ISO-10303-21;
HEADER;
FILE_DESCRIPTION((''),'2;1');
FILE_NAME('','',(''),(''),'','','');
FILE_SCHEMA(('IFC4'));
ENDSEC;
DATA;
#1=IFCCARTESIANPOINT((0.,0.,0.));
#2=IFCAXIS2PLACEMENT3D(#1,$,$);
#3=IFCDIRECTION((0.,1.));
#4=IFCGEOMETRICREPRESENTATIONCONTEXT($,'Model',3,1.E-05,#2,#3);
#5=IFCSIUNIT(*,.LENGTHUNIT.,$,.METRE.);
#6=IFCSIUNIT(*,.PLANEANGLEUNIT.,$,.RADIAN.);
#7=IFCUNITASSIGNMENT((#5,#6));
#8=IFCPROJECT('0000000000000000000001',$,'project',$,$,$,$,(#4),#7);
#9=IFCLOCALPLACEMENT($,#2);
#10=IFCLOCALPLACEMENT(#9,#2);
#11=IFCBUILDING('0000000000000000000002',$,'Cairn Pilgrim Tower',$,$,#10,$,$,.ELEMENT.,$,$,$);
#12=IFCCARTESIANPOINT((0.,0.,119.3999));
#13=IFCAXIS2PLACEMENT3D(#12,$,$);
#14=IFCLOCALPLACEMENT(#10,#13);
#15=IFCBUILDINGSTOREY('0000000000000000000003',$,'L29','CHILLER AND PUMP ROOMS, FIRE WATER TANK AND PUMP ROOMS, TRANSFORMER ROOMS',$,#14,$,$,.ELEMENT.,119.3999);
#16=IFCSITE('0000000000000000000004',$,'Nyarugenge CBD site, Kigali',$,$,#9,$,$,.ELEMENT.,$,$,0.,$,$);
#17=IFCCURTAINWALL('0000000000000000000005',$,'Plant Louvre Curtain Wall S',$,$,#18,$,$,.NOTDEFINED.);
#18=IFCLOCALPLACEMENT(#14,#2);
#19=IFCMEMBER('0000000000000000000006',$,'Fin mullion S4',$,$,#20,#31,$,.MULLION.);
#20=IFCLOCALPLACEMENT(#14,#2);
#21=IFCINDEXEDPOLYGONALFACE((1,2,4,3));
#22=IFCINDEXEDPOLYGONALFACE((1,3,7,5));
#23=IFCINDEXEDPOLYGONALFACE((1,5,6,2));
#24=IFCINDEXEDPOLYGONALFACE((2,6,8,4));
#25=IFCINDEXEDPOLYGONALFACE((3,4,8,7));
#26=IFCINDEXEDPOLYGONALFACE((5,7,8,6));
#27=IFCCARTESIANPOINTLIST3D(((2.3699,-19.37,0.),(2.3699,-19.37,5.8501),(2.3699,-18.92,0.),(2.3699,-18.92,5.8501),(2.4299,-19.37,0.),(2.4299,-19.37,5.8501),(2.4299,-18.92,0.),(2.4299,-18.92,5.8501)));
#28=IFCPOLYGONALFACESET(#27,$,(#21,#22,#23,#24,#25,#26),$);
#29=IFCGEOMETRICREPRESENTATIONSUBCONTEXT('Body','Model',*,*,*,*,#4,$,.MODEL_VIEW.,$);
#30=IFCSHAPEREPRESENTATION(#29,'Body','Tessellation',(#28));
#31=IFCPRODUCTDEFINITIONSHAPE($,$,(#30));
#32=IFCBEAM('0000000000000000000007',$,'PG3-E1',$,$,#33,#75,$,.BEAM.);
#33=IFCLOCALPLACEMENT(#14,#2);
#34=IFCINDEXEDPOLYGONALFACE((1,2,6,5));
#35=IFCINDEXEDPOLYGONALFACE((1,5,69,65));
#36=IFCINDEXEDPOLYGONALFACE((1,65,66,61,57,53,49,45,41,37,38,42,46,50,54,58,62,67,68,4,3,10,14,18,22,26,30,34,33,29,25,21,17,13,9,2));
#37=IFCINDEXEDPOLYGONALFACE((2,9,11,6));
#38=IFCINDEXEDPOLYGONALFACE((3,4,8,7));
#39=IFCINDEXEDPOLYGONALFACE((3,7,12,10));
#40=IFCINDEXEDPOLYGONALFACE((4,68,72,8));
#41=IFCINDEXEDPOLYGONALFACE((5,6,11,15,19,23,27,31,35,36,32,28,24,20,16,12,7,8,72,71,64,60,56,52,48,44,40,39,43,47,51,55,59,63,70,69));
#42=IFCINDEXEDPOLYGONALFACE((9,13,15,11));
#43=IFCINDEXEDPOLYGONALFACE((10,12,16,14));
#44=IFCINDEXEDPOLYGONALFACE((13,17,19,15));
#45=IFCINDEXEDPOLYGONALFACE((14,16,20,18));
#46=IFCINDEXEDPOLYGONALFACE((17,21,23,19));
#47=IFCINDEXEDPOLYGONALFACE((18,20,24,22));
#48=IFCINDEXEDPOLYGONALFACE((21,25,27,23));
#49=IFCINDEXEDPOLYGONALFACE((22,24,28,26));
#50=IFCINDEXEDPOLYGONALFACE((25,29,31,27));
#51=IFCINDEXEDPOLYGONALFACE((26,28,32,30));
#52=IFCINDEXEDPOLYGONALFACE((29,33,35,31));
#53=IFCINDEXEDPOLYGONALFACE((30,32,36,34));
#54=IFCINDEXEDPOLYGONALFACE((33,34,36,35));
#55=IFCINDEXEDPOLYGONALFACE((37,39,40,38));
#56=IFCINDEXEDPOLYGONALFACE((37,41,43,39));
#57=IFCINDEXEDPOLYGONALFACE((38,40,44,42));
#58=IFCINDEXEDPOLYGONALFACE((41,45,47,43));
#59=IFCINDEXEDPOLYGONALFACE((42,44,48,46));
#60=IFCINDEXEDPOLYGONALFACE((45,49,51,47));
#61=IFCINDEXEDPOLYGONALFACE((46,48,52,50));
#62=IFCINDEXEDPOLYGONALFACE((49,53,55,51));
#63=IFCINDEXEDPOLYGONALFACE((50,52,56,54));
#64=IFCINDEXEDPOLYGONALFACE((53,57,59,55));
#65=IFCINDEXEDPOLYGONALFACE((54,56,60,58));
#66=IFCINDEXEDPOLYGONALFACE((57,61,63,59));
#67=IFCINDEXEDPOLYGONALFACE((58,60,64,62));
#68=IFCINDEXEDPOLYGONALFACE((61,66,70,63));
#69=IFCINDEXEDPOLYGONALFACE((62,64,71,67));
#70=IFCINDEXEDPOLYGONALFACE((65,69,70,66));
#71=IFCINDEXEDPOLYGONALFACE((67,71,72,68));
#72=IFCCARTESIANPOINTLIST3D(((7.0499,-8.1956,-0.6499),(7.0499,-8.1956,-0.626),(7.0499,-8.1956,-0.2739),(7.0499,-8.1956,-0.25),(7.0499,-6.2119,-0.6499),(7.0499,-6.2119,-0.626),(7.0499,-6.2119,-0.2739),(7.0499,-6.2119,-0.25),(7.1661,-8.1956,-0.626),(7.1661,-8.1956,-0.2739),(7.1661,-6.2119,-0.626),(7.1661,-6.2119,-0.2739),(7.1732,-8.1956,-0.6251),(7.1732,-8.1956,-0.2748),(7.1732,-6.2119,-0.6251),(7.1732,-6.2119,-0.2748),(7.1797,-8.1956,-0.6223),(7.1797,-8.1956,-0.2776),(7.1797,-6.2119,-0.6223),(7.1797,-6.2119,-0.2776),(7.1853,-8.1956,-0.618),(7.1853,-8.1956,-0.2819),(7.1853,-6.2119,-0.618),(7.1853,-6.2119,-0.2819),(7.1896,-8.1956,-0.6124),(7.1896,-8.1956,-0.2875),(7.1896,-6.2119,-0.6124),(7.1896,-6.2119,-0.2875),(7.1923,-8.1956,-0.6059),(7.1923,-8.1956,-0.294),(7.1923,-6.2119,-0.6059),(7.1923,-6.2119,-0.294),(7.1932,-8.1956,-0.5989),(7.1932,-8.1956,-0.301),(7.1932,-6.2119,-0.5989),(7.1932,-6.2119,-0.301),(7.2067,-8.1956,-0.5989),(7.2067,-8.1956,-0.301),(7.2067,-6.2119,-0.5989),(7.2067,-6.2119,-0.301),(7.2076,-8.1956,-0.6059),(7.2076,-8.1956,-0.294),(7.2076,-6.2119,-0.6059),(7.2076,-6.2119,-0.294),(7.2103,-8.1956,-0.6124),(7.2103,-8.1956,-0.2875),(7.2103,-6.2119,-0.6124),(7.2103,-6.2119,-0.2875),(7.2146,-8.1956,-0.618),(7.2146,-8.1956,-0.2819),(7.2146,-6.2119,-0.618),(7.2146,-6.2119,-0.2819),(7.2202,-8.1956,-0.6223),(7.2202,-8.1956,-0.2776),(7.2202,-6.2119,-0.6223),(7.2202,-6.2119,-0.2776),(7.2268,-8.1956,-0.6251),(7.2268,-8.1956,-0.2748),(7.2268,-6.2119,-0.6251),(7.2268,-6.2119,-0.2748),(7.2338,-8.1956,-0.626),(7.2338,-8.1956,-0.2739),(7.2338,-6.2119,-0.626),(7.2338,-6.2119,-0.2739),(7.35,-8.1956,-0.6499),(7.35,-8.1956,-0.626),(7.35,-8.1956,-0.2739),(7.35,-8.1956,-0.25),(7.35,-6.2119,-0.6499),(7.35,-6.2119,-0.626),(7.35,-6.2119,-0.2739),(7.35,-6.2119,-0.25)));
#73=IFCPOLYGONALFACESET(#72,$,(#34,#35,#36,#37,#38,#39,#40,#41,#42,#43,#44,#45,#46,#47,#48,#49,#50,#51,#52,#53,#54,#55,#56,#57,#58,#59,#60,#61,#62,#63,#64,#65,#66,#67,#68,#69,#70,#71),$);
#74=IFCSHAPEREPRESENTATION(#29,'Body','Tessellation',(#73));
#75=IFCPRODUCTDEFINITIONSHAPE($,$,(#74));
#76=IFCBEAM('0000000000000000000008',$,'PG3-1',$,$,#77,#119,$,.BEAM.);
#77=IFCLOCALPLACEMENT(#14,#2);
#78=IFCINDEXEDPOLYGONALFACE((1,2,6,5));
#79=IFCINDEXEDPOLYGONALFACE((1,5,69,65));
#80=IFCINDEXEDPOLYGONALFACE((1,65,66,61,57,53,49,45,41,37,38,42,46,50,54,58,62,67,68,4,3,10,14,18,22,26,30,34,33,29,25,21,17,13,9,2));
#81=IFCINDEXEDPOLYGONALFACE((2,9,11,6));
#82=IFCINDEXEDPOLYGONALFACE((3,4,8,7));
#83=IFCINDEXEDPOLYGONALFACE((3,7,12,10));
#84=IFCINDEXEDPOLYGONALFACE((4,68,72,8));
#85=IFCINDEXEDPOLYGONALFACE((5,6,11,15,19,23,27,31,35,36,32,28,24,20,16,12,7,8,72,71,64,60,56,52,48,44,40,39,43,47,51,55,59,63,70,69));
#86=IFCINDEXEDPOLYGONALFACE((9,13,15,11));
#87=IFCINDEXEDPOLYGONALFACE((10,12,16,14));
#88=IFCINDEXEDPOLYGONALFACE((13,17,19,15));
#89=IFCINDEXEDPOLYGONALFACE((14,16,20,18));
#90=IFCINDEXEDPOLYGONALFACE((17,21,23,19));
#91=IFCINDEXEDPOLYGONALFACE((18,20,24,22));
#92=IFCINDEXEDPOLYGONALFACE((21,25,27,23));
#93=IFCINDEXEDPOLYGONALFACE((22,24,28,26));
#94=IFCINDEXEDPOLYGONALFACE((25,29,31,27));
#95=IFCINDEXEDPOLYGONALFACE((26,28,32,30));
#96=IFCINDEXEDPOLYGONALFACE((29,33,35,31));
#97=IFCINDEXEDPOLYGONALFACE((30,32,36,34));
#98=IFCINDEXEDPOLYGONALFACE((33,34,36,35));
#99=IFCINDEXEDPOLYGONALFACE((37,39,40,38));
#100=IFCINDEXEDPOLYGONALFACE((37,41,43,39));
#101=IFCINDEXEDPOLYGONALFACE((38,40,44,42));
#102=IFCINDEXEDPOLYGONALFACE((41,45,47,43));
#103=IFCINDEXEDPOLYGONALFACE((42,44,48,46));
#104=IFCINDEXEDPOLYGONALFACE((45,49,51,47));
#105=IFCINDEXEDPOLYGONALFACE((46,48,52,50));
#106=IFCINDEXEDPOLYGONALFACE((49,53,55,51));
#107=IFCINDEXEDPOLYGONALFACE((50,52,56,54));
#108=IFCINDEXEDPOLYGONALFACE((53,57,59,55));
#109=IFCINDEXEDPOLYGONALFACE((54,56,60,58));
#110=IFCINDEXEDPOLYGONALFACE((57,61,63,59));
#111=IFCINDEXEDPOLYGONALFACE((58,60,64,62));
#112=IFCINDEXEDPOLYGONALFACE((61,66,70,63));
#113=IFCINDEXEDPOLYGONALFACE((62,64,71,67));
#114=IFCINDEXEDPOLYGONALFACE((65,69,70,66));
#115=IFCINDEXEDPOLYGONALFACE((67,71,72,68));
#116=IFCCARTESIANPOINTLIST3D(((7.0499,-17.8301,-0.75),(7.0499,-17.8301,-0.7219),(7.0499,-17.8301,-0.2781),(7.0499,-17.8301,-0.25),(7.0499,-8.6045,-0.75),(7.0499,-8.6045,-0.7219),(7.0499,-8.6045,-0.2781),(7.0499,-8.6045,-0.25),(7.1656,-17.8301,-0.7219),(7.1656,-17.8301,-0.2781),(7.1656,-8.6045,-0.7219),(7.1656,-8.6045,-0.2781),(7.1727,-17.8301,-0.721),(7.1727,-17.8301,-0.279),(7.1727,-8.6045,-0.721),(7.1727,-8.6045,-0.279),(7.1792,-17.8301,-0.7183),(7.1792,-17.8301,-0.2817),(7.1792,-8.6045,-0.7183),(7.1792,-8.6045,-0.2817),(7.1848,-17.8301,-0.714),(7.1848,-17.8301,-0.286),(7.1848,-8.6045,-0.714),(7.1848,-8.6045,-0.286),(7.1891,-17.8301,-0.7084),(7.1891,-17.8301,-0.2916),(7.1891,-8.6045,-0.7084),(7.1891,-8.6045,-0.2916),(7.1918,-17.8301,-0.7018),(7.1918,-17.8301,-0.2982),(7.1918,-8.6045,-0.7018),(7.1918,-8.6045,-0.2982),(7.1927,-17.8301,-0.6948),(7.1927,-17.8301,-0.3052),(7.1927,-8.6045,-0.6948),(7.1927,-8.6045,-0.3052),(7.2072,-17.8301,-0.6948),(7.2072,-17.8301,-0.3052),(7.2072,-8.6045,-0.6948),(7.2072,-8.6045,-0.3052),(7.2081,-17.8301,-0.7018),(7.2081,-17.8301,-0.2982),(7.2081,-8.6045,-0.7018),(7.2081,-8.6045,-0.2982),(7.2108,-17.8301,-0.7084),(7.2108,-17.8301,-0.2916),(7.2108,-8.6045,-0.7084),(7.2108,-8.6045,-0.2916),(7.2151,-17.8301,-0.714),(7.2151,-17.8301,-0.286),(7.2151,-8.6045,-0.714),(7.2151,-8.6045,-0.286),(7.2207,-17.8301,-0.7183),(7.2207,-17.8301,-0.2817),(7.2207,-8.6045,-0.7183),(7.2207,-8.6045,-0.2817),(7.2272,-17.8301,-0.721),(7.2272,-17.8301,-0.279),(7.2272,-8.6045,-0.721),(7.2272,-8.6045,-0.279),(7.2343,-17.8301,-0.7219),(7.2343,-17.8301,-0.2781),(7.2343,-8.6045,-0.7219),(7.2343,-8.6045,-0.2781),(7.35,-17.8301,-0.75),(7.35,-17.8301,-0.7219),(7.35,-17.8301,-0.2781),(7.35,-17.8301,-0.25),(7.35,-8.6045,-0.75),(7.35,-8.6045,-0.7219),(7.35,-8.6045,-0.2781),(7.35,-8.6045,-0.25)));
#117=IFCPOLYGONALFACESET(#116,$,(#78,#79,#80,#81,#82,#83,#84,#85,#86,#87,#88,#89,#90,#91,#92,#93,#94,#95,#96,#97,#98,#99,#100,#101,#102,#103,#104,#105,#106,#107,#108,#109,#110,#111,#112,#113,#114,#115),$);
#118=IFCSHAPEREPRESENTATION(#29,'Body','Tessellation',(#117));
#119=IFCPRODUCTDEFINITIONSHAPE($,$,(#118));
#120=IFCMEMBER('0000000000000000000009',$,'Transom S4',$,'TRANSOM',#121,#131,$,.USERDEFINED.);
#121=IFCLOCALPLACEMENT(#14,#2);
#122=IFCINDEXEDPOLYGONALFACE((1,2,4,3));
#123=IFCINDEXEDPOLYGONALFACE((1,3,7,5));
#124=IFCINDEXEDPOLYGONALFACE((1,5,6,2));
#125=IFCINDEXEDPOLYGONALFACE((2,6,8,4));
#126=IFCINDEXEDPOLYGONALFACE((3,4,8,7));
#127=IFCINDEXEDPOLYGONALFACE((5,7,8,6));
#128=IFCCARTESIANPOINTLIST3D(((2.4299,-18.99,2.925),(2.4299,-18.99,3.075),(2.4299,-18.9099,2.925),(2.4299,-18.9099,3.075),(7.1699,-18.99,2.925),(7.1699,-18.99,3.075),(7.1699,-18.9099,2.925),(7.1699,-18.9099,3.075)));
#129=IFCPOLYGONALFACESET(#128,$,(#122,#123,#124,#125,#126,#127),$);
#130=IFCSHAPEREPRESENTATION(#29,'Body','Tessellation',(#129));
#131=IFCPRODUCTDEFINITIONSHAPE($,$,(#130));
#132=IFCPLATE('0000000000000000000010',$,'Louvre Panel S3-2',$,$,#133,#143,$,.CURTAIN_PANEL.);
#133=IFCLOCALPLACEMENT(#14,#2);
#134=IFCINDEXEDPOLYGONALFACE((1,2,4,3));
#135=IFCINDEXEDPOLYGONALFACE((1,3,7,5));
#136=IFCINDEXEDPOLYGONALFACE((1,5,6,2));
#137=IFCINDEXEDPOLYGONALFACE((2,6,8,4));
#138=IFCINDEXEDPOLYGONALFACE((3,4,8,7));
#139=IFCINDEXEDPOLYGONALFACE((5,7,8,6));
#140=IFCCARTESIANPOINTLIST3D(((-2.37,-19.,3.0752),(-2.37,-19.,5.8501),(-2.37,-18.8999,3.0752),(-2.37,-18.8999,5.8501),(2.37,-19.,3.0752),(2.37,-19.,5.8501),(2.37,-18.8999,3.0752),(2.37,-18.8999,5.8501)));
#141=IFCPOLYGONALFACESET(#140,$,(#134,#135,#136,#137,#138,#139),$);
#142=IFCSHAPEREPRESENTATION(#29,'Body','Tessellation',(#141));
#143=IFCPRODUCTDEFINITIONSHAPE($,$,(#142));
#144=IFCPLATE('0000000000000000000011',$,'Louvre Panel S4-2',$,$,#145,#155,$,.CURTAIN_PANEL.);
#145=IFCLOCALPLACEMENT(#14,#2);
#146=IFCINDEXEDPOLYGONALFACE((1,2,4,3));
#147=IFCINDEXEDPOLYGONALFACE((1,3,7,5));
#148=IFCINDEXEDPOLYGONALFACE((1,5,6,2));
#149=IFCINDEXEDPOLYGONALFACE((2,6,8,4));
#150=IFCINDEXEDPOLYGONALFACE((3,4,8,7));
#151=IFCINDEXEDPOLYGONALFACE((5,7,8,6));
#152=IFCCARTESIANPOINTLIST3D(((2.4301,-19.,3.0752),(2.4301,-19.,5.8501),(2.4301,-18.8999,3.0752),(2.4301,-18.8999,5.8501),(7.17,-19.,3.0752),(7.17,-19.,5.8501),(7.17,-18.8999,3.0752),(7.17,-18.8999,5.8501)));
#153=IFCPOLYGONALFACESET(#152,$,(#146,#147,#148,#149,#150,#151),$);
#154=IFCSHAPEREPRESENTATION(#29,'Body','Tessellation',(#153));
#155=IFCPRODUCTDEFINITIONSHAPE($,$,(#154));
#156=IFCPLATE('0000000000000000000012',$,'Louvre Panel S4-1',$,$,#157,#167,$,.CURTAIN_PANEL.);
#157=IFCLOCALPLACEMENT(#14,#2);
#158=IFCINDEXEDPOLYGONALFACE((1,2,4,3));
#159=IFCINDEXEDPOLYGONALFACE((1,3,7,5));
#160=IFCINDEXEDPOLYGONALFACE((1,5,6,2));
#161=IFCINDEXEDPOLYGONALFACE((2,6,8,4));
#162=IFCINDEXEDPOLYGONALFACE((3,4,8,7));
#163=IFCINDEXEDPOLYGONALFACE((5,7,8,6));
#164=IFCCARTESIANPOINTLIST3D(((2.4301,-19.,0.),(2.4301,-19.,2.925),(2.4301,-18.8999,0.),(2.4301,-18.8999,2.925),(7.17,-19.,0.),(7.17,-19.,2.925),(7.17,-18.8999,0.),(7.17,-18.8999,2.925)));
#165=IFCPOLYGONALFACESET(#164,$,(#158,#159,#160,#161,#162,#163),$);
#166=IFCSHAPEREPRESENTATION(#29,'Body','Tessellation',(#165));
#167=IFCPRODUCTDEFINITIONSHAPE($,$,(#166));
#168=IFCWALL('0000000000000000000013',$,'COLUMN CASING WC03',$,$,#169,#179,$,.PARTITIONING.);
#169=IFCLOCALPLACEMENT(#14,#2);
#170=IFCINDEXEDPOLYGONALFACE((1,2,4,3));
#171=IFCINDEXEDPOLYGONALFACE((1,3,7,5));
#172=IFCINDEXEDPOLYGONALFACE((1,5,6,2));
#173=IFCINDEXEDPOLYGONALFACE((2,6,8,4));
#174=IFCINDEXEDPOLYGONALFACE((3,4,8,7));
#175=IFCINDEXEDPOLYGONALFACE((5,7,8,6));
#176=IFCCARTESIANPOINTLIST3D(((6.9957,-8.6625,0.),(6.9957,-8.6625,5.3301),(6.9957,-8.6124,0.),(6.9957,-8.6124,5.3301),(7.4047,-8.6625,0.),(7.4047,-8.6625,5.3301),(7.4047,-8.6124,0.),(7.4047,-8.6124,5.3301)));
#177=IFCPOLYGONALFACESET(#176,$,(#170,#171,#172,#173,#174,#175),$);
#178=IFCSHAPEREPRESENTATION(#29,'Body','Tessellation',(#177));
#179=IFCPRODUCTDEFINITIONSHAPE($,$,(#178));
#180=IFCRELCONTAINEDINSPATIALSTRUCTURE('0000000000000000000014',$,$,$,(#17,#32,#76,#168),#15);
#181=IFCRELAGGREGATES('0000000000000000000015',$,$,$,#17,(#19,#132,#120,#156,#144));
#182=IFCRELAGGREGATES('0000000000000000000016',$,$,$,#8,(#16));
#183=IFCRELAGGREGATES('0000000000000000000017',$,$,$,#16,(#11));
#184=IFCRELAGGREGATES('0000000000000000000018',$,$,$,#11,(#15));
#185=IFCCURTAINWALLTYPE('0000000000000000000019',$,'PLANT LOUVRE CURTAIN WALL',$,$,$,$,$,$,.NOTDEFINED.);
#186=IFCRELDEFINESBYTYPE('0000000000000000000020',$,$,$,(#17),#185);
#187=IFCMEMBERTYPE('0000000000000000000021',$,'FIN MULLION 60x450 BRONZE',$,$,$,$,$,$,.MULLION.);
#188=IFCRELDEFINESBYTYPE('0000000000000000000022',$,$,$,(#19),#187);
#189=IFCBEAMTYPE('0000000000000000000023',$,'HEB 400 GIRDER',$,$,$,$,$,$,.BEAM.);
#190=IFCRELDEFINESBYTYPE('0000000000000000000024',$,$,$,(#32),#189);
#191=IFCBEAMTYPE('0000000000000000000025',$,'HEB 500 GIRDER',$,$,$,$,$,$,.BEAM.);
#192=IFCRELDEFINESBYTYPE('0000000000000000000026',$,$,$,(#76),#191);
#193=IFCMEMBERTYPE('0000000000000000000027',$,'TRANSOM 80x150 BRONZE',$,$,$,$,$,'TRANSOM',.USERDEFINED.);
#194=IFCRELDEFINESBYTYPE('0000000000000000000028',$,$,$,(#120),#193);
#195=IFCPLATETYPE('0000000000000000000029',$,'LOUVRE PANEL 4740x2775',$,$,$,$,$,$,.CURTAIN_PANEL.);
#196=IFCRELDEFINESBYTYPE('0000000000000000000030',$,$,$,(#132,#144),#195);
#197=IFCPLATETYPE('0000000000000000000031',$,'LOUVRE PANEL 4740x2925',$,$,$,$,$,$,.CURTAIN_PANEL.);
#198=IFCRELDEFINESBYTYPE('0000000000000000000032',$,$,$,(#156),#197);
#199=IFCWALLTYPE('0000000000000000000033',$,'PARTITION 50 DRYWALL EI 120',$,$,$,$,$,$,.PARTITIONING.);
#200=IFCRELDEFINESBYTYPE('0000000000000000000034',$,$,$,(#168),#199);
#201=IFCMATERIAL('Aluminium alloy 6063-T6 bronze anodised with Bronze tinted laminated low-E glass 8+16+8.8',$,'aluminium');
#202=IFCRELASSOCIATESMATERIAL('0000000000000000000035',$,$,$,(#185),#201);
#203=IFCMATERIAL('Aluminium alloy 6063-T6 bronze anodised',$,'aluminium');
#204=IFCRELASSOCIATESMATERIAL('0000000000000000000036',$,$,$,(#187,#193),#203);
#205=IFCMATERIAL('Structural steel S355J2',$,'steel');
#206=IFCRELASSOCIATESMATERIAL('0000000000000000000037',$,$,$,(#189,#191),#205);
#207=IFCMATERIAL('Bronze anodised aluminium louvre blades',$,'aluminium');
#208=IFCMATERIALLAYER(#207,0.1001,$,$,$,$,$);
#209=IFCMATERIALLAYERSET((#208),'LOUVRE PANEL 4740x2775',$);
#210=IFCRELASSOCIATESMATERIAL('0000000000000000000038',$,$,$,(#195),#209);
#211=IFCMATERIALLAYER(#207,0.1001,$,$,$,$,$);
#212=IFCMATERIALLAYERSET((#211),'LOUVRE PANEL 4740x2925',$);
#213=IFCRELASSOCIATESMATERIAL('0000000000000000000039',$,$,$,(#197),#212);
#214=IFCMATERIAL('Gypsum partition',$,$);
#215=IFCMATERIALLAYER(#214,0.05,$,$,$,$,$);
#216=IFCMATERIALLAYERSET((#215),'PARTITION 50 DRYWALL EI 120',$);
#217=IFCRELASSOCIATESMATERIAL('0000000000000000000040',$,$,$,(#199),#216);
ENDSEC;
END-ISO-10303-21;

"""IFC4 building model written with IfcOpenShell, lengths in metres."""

from ifc_helpers import new_model, si_unit, direction, frame, frame_2d, origin, origin_2d, place, context, subcontext, project, spatial, rectangle, i_section, extrude, material, layer, layer_set, material_profile, profile_set, type_object, element, aggregate, save


model = new_model("IFC4")

# Units and contexts
model_context = context("Model", 3, precision=1e-05, world=origin(), true_north=direction((0.0, 1.0)))
body_context = subcontext(model_context, "Body", "Model", "MODEL_VIEW")
ifc_project = project(units=[si_unit("LENGTHUNIT", "METRE"), si_unit("PLANEANGLEUNIT", "RADIAN")], contexts=[model_context])

# Site, building, storey
site_placement = place(None, origin())
site = spatial("IfcSite", under=ifc_project, at=site_placement, Name="Nyarugenge CBD site, Kigali", CompositionType="ELEMENT", RefElevation=0.0)
building_placement = place(site_placement, origin())
building = spatial("IfcBuilding", under=site, at=building_placement, Name="Cairn Pilgrim Tower", CompositionType="ELEMENT")
storey_placement = place(building_placement, frame((0.0, 0.0, 119.3999)))
storey = spatial("IfcBuildingStorey", under=building, at=storey_placement, Name="L29", Description="CHILLER AND PUMP ROOMS, FIRE WATER TANK AND PUMP ROOMS, TRANSFORMER ROOMS", CompositionType="ELEMENT", Elevation=119.3999)

# Curtain wall, member
ifc_material_1 = material(Name="Aluminium alloy 6063-T6 bronze anodised with Bronze tinted laminated low-E glass 8+16+8.8", Category="aluminium")
curtain_wall_type = type_object("IfcCurtainWallType", Name="PLANT LOUVRE CURTAIN WALL", PredefinedType="NOTDEFINED", material=ifc_material_1)
curtain_wall_placement = place(storey_placement, origin())
curtain_wall = element("IfcCurtainWall", 1, at=curtain_wall_placement, inside=storey, type_object=curtain_wall_type, Name="Plant Louvre Curtain Wall S", PredefinedType="NOTDEFINED")
ifc_material_2 = material(Name="Aluminium alloy 6063-T6 bronze anodised", Category="aluminium")
ifc_material_profile_1 = material_profile(ifc_material_2, rectangle(XDim=0.45, YDim=0.0601, at=origin_2d()), Name="FIN MULLION 60x450 BRONZE")
ifc_profile_set_1 = profile_set([ifc_material_profile_1], Name="Aluminium alloy 6063-T6 bronze anodised")
member_type_1 = type_object("IfcMemberType", Name="FIN MULLION 60x450 BRONZE", PredefinedType="MULLION", material=ifc_profile_set_1)
member_1_placement = place(storey_placement, frame((2.3999, -19.145, 0.0), z_axis=(0.0, 0.0, 1.0), x_axis=(0.0, -1.0, 0.0)))
member_1 = element("IfcMember", 2, at=member_1_placement, type_object=member_type_1, Name="Fin mullion S4", PredefinedType="MULLION", context=body_context, shape_type="SweptSolid", body=[
    extrude(rectangle(XDim=0.45, YDim=0.0601, at=origin_2d()), origin(), (0.0, 0.0, 1.0), 5.8501),
])

# Beams
ifc_material_3 = material(Name="Structural steel S355J2", Category="steel")
ifc_material_profile_2 = material_profile(ifc_material_3, i_section(OverallWidth=0.3, OverallDepth=0.3999, WebThickness=0.0134, FlangeThickness=0.0239, FilletRadius=0.0271, at=origin_2d()), Name="HEB 400")
ifc_profile_set_2 = profile_set([ifc_material_profile_2], Name="Structural steel S355J2")
beam_type_1 = type_object("IfcBeamType", Name="HEB 400 GIRDER", PredefinedType="BEAM", material=ifc_profile_set_2)
beam_1_placement = place(storey_placement, frame((7.2, -8.1956, -0.45), z_axis=(0.0, 1.0, 0.0), x_axis=(-1.0, 0.0, 0.0)))
element("IfcBeam", 3, at=beam_1_placement, inside=storey, type_object=beam_type_1, Name="PG3-E1", PredefinedType="BEAM", context=body_context, shape_type="SweptSolid", body=[
    extrude(i_section(OverallWidth=0.3, OverallDepth=0.3999, WebThickness=0.0134, FlangeThickness=0.0239, FilletRadius=0.0271, at=origin_2d()), origin(), (0.0, 0.0, 1.0), 1.9836),
])
ifc_material_profile_3 = material_profile(ifc_material_3, i_section(OverallWidth=0.3, OverallDepth=0.5, WebThickness=0.0144, FlangeThickness=0.0281, FilletRadius=0.0271, at=origin_2d()), Name="HEB 500")
ifc_profile_set_3 = profile_set([ifc_material_profile_3], Name="Structural steel S355J2")
beam_type_2 = type_object("IfcBeamType", Name="HEB 500 GIRDER", PredefinedType="BEAM", material=ifc_profile_set_3)
beam_2_placement = place(storey_placement, frame((7.2, -17.8301, -0.5), z_axis=(0.0, 1.0, 0.0), x_axis=(-1.0, 0.0, 0.0)))
element("IfcBeam", 4, at=beam_2_placement, inside=storey, type_object=beam_type_2, Name="PG3-1", PredefinedType="BEAM", context=body_context, shape_type="SweptSolid", body=[
    extrude(i_section(OverallWidth=0.3, OverallDepth=0.5, WebThickness=0.0144, FlangeThickness=0.0281, FilletRadius=0.0271, at=origin_2d()), origin(), (0.0, 0.0, 1.0), 9.2256),
])

# Member
ifc_material_profile_4 = material_profile(ifc_material_2, rectangle(XDim=0.0801, YDim=0.1499, at=origin_2d()), Name="TRANSOM 80x150 BRONZE")
ifc_profile_set_4 = profile_set([ifc_material_profile_4], Name="Aluminium alloy 6063-T6 bronze anodised")
member_type_2 = type_object("IfcMemberType", Name="TRANSOM 80x150 BRONZE", ElementType="TRANSOM", PredefinedType="USERDEFINED", material=ifc_profile_set_4)
member_2_placement = place(storey_placement, frame((2.4299, -18.95, 3.0), z_axis=(1.0, 0.0, 0.0), x_axis=(0.0, 1.0, 0.0)))
member_2 = element("IfcMember", 5, at=member_2_placement, type_object=member_type_2, Name="Transom S4", ObjectType="TRANSOM", PredefinedType="USERDEFINED", context=body_context, shape_type="SweptSolid", body=[
    extrude(rectangle(XDim=0.0801, YDim=0.1499, at=origin_2d()), origin(), (0.0, 0.0, 1.0), 4.74),
])

# Plates
ifc_material_4 = material(Name="Bronze anodised aluminium louvre blades", Category="aluminium")
ifc_layer_1 = layer(ifc_material_4, 0.1001)
ifc_layer_set_1 = layer_set([ifc_layer_1], Name="LOUVRE PANEL 4740x2775")
plate_type_1 = type_object("IfcPlateType", Name="LOUVRE PANEL 4740x2775", PredefinedType="CURTAIN_PANEL", material=ifc_layer_set_1)
plate_1_placement = place(storey_placement, frame((0.0, -18.95, 3.0752), z_axis=(0.0, 0.0, 1.0), x_axis=(1.0, 0.0, 0.0)))
plate_1 = element("IfcPlate", 6, at=plate_1_placement, type_object=plate_type_1, Name="Louvre Panel S3-2", PredefinedType="CURTAIN_PANEL", context=body_context, shape_type="SweptSolid", body=[
    extrude(rectangle(XDim=4.74, YDim=0.1001, at=origin_2d()), origin(), (0.0, 0.0, 1.0), 2.7749),
])
plate_2_placement = place(storey_placement, frame((4.8, -18.95, 3.0752), z_axis=(0.0, 0.0, 1.0), x_axis=(1.0, 0.0, 0.0)))
plate_2 = element("IfcPlate", 7, at=plate_2_placement, type_object=plate_type_1, Name="Louvre Panel S4-2", PredefinedType="CURTAIN_PANEL", context=body_context, shape_type="SweptSolid", body=[
    extrude(rectangle(XDim=4.74, YDim=0.1001, at=origin_2d()), origin(), (0.0, 0.0, 1.0), 2.7749),
])
ifc_layer_2 = layer(ifc_material_4, 0.1001)
ifc_layer_set_2 = layer_set([ifc_layer_2], Name="LOUVRE PANEL 4740x2925")
plate_type_2 = type_object("IfcPlateType", Name="LOUVRE PANEL 4740x2925", PredefinedType="CURTAIN_PANEL", material=ifc_layer_set_2)
plate_3_placement = place(storey_placement, frame((4.8, -18.95, 0.0), z_axis=(0.0, 0.0, 1.0), x_axis=(1.0, 0.0, 0.0)))
plate_3 = element("IfcPlate", 8, at=plate_3_placement, type_object=plate_type_2, Name="Louvre Panel S4-1", PredefinedType="CURTAIN_PANEL", context=body_context, shape_type="SweptSolid", body=[
    extrude(rectangle(XDim=4.74, YDim=0.1001, at=origin_2d()), origin(), (0.0, 0.0, 1.0), 2.925),
])
aggregate(curtain_wall, [member_1, plate_1, member_2, plate_3, plate_2])

# Wall
ifc_material_5 = material(Name="Gypsum partition")
ifc_layer_3 = layer(ifc_material_5, 0.05)
ifc_layer_set_3 = layer_set([ifc_layer_3], Name="PARTITION 50 DRYWALL EI 120")
wall_type_1 = type_object("IfcWallType", Name="PARTITION 50 DRYWALL EI 120", PredefinedType="PARTITIONING", material=ifc_layer_set_3)
wall_1_placement = place(storey_placement, frame((6.9956, -8.6375, 0.0), z_axis=(0.0, 0.0, 1.0), x_axis=(1.0, 0.0, 0.0)))
element("IfcWall", 9, at=wall_1_placement, inside=storey, type_object=wall_type_1, Name="COLUMN CASING WC03", PredefinedType="PARTITIONING", context=body_context, shape_type="SweptSolid", body=[
    extrude(rectangle(XDim=0.4089, YDim=0.05, at=frame_2d((0.2046, 0.0))), origin(), (0.0, 0.0, 1.0), 5.3301),
])

save(model, "model.ifc")
